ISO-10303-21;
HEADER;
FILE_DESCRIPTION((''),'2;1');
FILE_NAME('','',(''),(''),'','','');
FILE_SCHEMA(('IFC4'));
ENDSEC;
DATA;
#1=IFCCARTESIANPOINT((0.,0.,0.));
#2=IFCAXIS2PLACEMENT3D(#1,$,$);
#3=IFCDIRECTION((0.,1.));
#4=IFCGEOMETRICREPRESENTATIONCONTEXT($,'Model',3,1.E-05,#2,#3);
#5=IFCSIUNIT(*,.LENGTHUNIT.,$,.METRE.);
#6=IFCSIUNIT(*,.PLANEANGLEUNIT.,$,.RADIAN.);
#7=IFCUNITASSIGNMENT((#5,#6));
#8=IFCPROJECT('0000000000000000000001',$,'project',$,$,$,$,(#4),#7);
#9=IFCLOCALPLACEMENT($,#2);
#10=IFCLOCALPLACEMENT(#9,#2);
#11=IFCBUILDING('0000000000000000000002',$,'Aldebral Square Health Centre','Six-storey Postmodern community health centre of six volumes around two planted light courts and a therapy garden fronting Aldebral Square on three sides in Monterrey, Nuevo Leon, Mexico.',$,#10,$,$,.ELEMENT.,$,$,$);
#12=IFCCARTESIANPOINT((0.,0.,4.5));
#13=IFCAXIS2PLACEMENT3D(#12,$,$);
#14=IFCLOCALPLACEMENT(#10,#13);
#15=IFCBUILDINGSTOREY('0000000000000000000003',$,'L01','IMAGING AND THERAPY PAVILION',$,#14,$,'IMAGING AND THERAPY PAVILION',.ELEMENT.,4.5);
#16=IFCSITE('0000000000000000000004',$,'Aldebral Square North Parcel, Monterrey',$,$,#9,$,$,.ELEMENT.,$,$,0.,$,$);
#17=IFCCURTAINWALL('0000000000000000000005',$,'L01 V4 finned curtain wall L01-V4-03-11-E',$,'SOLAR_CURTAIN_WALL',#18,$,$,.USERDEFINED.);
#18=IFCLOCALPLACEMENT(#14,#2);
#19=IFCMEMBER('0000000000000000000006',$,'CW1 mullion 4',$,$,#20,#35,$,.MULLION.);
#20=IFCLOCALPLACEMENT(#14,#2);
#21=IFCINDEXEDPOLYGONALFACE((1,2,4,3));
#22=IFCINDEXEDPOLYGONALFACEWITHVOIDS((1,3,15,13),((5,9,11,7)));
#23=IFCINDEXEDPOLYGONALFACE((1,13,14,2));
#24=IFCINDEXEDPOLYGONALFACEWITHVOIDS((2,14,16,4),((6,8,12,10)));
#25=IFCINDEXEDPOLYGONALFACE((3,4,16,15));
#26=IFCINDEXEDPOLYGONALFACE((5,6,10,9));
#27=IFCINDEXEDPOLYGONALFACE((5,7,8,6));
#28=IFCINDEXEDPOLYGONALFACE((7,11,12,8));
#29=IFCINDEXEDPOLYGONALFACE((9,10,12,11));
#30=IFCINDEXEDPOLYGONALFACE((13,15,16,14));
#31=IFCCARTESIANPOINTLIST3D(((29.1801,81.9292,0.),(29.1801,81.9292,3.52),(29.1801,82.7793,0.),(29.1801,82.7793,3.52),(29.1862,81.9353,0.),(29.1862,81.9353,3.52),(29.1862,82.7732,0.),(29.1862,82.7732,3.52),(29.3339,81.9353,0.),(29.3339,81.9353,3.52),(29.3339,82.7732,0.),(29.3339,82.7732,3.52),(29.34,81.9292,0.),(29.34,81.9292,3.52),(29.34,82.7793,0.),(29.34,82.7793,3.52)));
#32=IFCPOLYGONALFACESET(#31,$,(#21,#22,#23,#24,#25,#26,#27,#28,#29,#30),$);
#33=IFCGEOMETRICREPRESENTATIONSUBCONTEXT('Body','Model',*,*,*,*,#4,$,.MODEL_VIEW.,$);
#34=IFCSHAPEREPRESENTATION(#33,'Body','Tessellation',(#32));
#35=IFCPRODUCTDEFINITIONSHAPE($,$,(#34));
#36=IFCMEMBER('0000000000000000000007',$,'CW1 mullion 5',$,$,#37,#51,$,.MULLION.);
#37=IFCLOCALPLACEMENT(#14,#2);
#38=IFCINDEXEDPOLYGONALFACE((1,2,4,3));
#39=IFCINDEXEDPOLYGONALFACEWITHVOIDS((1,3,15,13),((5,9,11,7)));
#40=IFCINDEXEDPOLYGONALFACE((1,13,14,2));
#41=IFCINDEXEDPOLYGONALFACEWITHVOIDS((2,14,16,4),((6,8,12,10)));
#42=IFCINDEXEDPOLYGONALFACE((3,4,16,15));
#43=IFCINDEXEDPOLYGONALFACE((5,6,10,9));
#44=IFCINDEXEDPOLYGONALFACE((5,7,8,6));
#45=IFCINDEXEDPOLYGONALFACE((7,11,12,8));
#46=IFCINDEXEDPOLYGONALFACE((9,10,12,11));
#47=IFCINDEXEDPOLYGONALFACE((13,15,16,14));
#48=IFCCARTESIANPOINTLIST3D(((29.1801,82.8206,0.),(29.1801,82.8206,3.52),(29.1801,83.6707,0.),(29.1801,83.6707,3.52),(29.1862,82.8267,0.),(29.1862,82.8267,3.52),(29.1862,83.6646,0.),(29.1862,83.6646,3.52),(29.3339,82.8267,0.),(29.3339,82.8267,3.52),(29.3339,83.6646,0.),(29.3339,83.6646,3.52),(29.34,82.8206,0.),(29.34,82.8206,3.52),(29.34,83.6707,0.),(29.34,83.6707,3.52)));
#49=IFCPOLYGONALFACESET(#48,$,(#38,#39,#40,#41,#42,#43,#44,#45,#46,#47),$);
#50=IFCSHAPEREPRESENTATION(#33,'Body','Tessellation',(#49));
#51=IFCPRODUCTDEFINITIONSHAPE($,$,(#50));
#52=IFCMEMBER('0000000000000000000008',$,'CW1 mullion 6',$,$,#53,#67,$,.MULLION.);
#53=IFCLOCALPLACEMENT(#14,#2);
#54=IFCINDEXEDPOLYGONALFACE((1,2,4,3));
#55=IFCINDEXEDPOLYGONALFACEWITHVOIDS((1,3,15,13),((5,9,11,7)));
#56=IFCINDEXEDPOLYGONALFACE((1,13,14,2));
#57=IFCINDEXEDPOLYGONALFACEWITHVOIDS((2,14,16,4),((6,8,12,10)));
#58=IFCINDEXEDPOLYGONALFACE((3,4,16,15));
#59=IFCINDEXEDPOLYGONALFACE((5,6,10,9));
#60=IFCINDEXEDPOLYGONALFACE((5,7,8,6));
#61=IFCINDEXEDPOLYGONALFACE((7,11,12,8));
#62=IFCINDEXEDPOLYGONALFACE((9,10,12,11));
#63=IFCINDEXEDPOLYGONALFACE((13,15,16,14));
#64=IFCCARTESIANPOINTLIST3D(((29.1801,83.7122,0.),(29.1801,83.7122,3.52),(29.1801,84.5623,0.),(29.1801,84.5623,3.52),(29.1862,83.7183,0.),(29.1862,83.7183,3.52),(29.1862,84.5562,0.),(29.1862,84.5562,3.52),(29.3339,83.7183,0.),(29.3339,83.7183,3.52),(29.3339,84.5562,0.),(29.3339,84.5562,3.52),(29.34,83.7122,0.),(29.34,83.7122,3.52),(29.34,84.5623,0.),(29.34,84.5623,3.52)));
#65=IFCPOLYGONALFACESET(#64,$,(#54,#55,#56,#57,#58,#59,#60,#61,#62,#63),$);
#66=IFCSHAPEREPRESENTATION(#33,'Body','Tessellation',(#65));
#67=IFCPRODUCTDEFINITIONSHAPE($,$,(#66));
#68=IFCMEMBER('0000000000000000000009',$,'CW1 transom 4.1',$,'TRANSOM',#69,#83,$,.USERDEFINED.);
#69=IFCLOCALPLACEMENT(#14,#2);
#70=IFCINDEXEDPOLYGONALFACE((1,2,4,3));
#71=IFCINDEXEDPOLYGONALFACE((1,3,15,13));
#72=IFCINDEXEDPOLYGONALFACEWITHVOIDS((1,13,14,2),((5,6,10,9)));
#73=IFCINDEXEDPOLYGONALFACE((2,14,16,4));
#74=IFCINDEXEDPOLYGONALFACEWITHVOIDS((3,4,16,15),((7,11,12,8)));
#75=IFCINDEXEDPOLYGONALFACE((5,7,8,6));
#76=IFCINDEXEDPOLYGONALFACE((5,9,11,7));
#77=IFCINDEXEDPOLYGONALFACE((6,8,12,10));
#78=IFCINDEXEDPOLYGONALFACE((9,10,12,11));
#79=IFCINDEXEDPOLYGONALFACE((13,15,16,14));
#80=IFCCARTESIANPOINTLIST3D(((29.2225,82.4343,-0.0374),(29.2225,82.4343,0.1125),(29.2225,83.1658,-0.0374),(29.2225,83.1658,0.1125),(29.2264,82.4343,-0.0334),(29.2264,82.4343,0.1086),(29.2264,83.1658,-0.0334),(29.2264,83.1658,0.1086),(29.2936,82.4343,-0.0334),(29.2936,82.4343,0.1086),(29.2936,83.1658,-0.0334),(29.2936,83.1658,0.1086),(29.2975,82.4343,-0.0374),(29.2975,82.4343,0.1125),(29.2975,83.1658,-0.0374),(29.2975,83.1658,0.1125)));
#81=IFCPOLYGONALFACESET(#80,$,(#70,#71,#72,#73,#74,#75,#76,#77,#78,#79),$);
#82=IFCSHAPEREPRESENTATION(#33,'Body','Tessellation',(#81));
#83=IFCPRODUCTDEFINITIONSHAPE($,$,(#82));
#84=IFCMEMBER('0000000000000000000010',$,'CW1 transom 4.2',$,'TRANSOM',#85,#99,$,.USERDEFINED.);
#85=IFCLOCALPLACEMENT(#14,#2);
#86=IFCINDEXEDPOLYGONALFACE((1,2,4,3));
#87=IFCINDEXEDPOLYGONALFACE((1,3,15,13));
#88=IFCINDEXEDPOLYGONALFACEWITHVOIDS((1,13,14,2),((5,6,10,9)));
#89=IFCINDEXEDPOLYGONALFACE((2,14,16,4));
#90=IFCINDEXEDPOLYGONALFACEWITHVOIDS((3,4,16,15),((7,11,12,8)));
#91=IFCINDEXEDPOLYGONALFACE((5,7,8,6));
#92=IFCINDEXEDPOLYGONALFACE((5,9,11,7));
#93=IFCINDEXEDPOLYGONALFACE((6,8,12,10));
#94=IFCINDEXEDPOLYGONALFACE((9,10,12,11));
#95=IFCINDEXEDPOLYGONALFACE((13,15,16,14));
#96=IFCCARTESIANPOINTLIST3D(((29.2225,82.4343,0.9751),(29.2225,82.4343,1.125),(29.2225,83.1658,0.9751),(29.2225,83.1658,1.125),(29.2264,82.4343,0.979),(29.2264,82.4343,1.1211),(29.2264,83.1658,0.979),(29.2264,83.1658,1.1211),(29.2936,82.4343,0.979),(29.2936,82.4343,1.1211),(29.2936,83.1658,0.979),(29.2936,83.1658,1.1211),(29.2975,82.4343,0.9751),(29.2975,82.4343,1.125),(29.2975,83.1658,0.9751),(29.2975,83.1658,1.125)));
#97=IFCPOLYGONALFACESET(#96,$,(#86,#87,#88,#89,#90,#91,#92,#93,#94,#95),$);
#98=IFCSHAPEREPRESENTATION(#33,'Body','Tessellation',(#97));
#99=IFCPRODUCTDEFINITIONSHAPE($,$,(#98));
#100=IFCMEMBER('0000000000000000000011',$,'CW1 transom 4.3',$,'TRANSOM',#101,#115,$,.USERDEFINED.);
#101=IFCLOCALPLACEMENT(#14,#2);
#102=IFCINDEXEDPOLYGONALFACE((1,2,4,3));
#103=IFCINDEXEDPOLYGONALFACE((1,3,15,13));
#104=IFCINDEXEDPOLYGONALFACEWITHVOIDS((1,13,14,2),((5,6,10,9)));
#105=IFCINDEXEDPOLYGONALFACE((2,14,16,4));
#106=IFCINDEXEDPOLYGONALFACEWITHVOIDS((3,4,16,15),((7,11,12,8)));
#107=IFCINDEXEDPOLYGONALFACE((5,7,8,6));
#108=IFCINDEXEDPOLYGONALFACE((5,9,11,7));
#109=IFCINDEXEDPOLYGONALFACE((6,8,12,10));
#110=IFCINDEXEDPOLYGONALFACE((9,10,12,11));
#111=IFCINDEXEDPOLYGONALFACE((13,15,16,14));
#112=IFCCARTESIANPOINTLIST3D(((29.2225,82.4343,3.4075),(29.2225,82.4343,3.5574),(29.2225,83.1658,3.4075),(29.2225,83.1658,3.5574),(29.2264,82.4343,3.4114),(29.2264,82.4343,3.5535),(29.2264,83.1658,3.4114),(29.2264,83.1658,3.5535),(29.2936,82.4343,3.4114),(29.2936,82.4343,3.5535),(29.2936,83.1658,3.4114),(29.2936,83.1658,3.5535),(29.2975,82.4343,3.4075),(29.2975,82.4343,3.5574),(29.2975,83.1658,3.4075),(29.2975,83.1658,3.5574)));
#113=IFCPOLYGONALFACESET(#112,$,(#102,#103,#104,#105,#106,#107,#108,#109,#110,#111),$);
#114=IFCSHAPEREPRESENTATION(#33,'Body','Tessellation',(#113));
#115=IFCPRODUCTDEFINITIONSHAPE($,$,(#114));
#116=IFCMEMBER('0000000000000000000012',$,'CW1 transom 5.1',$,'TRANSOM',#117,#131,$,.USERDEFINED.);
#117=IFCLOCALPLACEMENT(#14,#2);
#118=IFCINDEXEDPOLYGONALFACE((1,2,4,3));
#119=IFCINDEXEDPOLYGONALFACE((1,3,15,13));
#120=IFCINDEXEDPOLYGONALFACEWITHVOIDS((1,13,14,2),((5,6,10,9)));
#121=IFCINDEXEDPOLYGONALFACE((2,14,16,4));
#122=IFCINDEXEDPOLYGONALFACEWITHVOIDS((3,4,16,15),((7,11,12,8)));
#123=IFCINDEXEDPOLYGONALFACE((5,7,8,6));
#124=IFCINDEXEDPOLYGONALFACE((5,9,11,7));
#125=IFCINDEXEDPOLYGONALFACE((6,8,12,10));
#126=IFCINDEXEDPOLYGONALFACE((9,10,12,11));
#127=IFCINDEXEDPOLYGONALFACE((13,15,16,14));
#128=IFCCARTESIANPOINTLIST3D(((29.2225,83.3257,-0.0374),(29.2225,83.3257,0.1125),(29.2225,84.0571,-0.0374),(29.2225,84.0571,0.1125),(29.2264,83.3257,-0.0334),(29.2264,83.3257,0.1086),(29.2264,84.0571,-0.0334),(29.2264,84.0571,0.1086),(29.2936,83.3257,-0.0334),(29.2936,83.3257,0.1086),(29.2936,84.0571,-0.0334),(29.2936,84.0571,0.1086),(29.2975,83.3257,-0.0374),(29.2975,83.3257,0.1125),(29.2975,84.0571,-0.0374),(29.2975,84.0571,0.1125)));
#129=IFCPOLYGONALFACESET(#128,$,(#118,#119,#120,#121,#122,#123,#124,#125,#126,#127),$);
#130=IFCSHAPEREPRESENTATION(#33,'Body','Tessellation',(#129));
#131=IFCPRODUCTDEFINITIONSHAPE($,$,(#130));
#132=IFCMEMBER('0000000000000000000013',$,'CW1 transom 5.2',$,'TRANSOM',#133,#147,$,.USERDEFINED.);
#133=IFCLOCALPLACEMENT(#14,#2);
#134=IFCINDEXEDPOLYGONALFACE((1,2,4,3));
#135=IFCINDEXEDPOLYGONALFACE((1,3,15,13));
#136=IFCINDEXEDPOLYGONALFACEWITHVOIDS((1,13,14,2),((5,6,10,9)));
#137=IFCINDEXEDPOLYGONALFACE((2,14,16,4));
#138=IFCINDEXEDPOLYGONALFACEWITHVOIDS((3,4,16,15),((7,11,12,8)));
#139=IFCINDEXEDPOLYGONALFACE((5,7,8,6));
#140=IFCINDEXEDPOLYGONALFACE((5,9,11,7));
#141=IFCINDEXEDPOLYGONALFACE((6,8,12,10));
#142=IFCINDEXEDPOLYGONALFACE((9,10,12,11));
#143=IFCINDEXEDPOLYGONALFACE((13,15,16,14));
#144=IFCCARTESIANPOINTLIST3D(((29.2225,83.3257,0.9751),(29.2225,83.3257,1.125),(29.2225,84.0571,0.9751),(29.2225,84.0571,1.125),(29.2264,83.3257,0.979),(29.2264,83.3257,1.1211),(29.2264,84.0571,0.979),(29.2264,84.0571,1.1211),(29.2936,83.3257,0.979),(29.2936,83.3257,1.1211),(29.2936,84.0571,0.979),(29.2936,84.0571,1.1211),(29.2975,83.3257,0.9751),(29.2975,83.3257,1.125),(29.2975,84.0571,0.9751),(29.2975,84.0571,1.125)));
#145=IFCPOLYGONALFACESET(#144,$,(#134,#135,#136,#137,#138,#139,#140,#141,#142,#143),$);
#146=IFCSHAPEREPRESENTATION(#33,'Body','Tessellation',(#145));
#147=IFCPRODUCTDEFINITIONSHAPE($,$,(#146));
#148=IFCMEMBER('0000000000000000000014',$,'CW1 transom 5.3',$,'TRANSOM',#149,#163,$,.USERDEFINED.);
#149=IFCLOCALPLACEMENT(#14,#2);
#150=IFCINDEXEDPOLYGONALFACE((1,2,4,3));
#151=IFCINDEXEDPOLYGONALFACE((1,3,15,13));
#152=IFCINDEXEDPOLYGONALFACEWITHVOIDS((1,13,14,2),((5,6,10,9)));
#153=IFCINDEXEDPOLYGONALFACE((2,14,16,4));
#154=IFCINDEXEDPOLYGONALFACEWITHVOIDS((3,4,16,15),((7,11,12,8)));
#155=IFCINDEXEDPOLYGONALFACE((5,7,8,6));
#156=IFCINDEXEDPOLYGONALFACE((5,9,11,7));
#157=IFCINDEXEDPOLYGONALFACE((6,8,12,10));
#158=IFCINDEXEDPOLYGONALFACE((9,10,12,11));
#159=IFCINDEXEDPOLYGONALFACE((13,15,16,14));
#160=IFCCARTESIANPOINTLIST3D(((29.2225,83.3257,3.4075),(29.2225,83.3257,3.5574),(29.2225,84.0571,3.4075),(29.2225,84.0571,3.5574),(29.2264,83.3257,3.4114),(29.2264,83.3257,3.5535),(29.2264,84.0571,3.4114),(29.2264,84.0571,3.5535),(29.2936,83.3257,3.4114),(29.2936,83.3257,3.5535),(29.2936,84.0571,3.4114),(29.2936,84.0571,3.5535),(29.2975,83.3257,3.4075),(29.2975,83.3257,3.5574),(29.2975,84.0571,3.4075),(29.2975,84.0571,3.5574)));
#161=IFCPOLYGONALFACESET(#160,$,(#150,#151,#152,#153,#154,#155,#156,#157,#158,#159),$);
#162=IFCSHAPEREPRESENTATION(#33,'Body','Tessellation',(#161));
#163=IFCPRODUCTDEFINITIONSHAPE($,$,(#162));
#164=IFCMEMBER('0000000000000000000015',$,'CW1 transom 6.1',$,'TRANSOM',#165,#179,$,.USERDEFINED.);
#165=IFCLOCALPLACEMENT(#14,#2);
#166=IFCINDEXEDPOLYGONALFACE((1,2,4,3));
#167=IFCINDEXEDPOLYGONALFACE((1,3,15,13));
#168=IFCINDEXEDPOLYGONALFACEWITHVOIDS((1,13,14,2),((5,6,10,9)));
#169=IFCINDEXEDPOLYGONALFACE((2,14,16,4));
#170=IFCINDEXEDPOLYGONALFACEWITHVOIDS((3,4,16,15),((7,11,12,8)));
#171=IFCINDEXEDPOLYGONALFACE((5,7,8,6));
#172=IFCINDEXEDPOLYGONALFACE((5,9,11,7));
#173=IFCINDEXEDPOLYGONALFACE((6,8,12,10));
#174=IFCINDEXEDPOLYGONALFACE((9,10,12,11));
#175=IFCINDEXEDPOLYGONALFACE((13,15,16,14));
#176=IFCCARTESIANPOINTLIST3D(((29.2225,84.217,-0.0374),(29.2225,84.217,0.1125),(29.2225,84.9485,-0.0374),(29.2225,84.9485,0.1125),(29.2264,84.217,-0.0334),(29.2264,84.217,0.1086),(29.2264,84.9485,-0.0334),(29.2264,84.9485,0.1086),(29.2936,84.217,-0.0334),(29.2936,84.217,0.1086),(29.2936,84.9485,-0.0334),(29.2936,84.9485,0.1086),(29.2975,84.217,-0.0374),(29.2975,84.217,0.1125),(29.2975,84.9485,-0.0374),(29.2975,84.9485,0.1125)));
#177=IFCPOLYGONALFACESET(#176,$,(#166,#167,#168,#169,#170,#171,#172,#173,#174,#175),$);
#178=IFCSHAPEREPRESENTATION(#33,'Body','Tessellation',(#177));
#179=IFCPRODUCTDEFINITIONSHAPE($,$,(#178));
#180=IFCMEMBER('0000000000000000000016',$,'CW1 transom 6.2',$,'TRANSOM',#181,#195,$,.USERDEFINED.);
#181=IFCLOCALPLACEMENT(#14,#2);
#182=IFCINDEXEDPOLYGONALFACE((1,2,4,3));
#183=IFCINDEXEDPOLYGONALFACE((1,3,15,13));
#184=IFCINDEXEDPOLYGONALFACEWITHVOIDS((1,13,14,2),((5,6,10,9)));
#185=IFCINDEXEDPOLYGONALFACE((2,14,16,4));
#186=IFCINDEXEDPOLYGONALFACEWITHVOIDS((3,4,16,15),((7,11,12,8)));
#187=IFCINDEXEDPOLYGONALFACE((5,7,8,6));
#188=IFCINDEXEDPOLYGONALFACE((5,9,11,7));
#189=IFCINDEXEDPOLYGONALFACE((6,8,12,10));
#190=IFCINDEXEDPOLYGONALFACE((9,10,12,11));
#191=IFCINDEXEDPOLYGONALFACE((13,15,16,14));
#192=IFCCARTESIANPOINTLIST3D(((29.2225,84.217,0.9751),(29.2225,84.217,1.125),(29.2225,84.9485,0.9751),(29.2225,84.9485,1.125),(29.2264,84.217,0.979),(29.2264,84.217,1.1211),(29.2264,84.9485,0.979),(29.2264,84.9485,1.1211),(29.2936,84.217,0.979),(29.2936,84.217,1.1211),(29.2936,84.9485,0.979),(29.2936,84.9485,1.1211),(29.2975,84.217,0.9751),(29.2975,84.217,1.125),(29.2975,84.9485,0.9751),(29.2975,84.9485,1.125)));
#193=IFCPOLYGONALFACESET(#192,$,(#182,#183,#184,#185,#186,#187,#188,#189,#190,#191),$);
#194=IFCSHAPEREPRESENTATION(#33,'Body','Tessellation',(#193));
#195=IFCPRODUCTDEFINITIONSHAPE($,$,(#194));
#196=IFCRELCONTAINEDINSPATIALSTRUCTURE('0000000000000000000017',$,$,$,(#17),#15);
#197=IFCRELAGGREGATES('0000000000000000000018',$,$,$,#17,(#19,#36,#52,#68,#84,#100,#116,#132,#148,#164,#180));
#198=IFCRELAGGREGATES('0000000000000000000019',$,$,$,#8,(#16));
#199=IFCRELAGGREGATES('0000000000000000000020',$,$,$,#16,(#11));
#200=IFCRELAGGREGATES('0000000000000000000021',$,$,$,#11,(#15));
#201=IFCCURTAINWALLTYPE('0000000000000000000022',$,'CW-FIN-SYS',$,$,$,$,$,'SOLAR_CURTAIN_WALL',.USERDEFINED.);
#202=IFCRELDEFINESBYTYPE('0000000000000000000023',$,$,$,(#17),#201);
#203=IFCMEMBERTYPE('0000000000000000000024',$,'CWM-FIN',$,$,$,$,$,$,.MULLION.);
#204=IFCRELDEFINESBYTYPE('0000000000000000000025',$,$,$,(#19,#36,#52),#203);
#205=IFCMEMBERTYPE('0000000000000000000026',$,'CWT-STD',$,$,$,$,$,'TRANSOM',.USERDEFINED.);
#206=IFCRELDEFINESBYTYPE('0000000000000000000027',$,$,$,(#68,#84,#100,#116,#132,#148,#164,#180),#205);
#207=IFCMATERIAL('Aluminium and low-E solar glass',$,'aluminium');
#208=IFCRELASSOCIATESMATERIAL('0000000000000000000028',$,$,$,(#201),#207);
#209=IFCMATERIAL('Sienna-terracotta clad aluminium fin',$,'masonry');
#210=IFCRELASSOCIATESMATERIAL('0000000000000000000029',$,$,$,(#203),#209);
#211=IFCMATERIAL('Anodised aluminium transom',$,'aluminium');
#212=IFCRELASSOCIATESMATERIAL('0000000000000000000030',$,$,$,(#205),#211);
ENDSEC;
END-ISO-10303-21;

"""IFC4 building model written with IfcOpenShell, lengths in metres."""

from ifc_helpers import new_model, si_unit, direction, frame, origin, origin_2d, place, context, subcontext, project, spatial, hollow_rectangle, extrude, material, material_profile, profile_set, type_object, element, aggregate, save


model = new_model("IFC4")

# Units and contexts
model_context = context("Model", 3, precision=1e-05, world=origin(), true_north=direction((0.0, 1.0)))
body_context = subcontext(model_context, "Body", "Model", "MODEL_VIEW")
ifc_project = project(units=[si_unit("LENGTHUNIT", "METRE"), si_unit("PLANEANGLEUNIT", "RADIAN")], contexts=[model_context])

# Site, building, storey
site_placement = place(None, origin())
site = spatial("IfcSite", under=ifc_project, at=site_placement, Name="Aldebral Square North Parcel, Monterrey", CompositionType="ELEMENT", RefElevation=0.0)
building_placement = place(site_placement, origin())
building = spatial("IfcBuilding", under=site, at=building_placement, Name="Aldebral Square Health Centre", Description="Six-storey Postmodern community health centre of six volumes around two planted light courts and a therapy garden fronting Aldebral Square on three sides in Monterrey, Nuevo Leon, Mexico.", CompositionType="ELEMENT")
storey_placement = place(building_placement, frame((0.0, 0.0, 4.5)))
storey = spatial("IfcBuildingStorey", under=building, at=storey_placement, Name="L01", Description="IMAGING AND THERAPY PAVILION", LongName="IMAGING AND THERAPY PAVILION", CompositionType="ELEMENT", Elevation=4.5)

# Curtain wall, members
ifc_material_1 = material(Name="Aluminium and low-E solar glass", Category="aluminium")
curtain_wall_type = type_object("IfcCurtainWallType", Name="CW-FIN-SYS", ElementType="SOLAR_CURTAIN_WALL", PredefinedType="USERDEFINED", material=ifc_material_1)
curtain_wall_placement = place(storey_placement, origin())
curtain_wall = element("IfcCurtainWall", 1, at=curtain_wall_placement, inside=storey, type_object=curtain_wall_type, Name="L01 V4 finned curtain wall L01-V4-03-11-E", ObjectType="SOLAR_CURTAIN_WALL", PredefinedType="USERDEFINED")
ifc_material_2 = material(Name="Sienna-terracotta clad aluminium fin", Category="masonry")
ifc_material_profile_1 = material_profile(ifc_material_2, hollow_rectangle(XDim=0.1599, YDim=0.8501, WallThickness=0.0061, at=origin_2d()), Name="FIN 160x850x6")
ifc_profile_set_1 = profile_set([ifc_material_profile_1], Name="Sienna-terracotta clad aluminium fin")
member_type_1 = type_object("IfcMemberType", Name="CWM-FIN", PredefinedType="MULLION", material=ifc_profile_set_1)
member_1_placement = place(storey_placement, frame((29.26, 82.3542, 0.0), z_axis=(0.0, 0.0, 1.0), x_axis=(-1.0, 0.0, 0.0)))
member_1 = element("IfcMember", 2, at=member_1_placement, type_object=member_type_1, Name="CW1 mullion 4", PredefinedType="MULLION", context=body_context, shape_type="SweptSolid", body=[
    extrude(hollow_rectangle(XDim=0.1599, YDim=0.8501, WallThickness=0.0061, at=origin_2d()), origin(), (0.0, 0.0, 1.0), 3.52),
])
member_2_placement = place(storey_placement, frame((29.26, 83.2456, 0.0), z_axis=(0.0, 0.0, 1.0), x_axis=(-1.0, 0.0, 0.0)))
member_2 = element("IfcMember", 3, at=member_2_placement, type_object=member_type_1, Name="CW1 mullion 5", PredefinedType="MULLION", context=body_context, shape_type="SweptSolid", body=[
    extrude(hollow_rectangle(XDim=0.1599, YDim=0.8501, WallThickness=0.0061, at=origin_2d()), origin(), (0.0, 0.0, 1.0), 3.52),
])
member_3_placement = place(storey_placement, frame((29.26, 84.1372, 0.0), z_axis=(0.0, 0.0, 1.0), x_axis=(-1.0, 0.0, 0.0)))
member_3 = element("IfcMember", 4, at=member_3_placement, type_object=member_type_1, Name="CW1 mullion 6", PredefinedType="MULLION", context=body_context, shape_type="SweptSolid", body=[
    extrude(hollow_rectangle(XDim=0.1599, YDim=0.8501, WallThickness=0.0061, at=origin_2d()), origin(), (0.0, 0.0, 1.0), 3.52),
])
ifc_material_3 = material(Name="Anodised aluminium transom", Category="aluminium")
ifc_material_profile_2 = material_profile(ifc_material_3, hollow_rectangle(XDim=0.075, YDim=0.1499, WallThickness=0.0039, at=origin_2d()), Name="CWT 75x150x4")
ifc_profile_set_2 = profile_set([ifc_material_profile_2], Name="Anodised aluminium transom")
member_type_2 = type_object("IfcMemberType", Name="CWT-STD", ElementType="TRANSOM", PredefinedType="USERDEFINED", material=ifc_profile_set_2)
member_4_placement = place(storey_placement, frame((29.26, 82.4343, 0.0376), z_axis=(0.0, 1.0, 0.0), x_axis=(-1.0, 0.0, 0.0)))
member_4 = element("IfcMember", 5, at=member_4_placement, type_object=member_type_2, Name="CW1 transom 4.1", ObjectType="TRANSOM", PredefinedType="USERDEFINED", context=body_context, shape_type="SweptSolid", body=[
    extrude(hollow_rectangle(XDim=0.075, YDim=0.1499, WallThickness=0.0039, at=origin_2d()), origin(), (0.0, 0.0, 1.0), 0.7314),
])
member_5_placement = place(storey_placement, frame((29.26, 82.4343, 1.05), z_axis=(0.0, 1.0, 0.0), x_axis=(-1.0, 0.0, 0.0)))
member_5 = element("IfcMember", 6, at=member_5_placement, type_object=member_type_2, Name="CW1 transom 4.2", ObjectType="TRANSOM", PredefinedType="USERDEFINED", context=body_context, shape_type="SweptSolid", body=[
    extrude(hollow_rectangle(XDim=0.075, YDim=0.1499, WallThickness=0.0039, at=origin_2d()), origin(), (0.0, 0.0, 1.0), 0.7314),
])
member_6_placement = place(storey_placement, frame((29.26, 82.4343, 3.4824), z_axis=(0.0, 1.0, 0.0), x_axis=(-1.0, 0.0, 0.0)))
member_6 = element("IfcMember", 7, at=member_6_placement, type_object=member_type_2, Name="CW1 transom 4.3", ObjectType="TRANSOM", PredefinedType="USERDEFINED", context=body_context, shape_type="SweptSolid", body=[
    extrude(hollow_rectangle(XDim=0.075, YDim=0.1499, WallThickness=0.0039, at=origin_2d()), origin(), (0.0, 0.0, 1.0), 0.7314),
])
member_7_placement = place(storey_placement, frame((29.26, 83.3257, 0.0376), z_axis=(0.0, 1.0, 0.0), x_axis=(-1.0, 0.0, 0.0)))
member_7 = element("IfcMember", 8, at=member_7_placement, type_object=member_type_2, Name="CW1 transom 5.1", ObjectType="TRANSOM", PredefinedType="USERDEFINED", context=body_context, shape_type="SweptSolid", body=[
    extrude(hollow_rectangle(XDim=0.075, YDim=0.1499, WallThickness=0.0039, at=origin_2d()), origin(), (0.0, 0.0, 1.0), 0.7314),
])
member_8_placement = place(storey_placement, frame((29.26, 83.3257, 1.05), z_axis=(0.0, 1.0, 0.0), x_axis=(-1.0, 0.0, 0.0)))
member_8 = element("IfcMember", 9, at=member_8_placement, type_object=member_type_2, Name="CW1 transom 5.2", ObjectType="TRANSOM", PredefinedType="USERDEFINED", context=body_context, shape_type="SweptSolid", body=[
    extrude(hollow_rectangle(XDim=0.075, YDim=0.1499, WallThickness=0.0039, at=origin_2d()), origin(), (0.0, 0.0, 1.0), 0.7314),
])
member_9_placement = place(storey_placement, frame((29.26, 83.3257, 3.4824), z_axis=(0.0, 1.0, 0.0), x_axis=(-1.0, 0.0, 0.0)))
member_9 = element("IfcMember", 10, at=member_9_placement, type_object=member_type_2, Name="CW1 transom 5.3", ObjectType="TRANSOM", PredefinedType="USERDEFINED", context=body_context, shape_type="SweptSolid", body=[
    extrude(hollow_rectangle(XDim=0.075, YDim=0.1499, WallThickness=0.0039, at=origin_2d()), origin(), (0.0, 0.0, 1.0), 0.7314),
])
member_10_placement = place(storey_placement, frame((29.26, 84.217, 0.0376), z_axis=(0.0, 1.0, 0.0), x_axis=(-1.0, 0.0, 0.0)))
member_10 = element("IfcMember", 11, at=member_10_placement, type_object=member_type_2, Name="CW1 transom 6.1", ObjectType="TRANSOM", PredefinedType="USERDEFINED", context=body_context, shape_type="SweptSolid", body=[
    extrude(hollow_rectangle(XDim=0.075, YDim=0.1499, WallThickness=0.0039, at=origin_2d()), origin(), (0.0, 0.0, 1.0), 0.7314),
])
member_11_placement = place(storey_placement, frame((29.26, 84.217, 1.05), z_axis=(0.0, 1.0, 0.0), x_axis=(-1.0, 0.0, 0.0)))
member_11 = element("IfcMember", 12, at=member_11_placement, type_object=member_type_2, Name="CW1 transom 6.2", ObjectType="TRANSOM", PredefinedType="USERDEFINED", context=body_context, shape_type="SweptSolid", body=[
    extrude(hollow_rectangle(XDim=0.075, YDim=0.1499, WallThickness=0.0039, at=origin_2d()), origin(), (0.0, 0.0, 1.0), 0.7314),
])
aggregate(curtain_wall, [member_1, member_2, member_3, member_4, member_5, member_6, member_7, member_8, member_9, member_10, member_11])

save(model, "model.ifc")
